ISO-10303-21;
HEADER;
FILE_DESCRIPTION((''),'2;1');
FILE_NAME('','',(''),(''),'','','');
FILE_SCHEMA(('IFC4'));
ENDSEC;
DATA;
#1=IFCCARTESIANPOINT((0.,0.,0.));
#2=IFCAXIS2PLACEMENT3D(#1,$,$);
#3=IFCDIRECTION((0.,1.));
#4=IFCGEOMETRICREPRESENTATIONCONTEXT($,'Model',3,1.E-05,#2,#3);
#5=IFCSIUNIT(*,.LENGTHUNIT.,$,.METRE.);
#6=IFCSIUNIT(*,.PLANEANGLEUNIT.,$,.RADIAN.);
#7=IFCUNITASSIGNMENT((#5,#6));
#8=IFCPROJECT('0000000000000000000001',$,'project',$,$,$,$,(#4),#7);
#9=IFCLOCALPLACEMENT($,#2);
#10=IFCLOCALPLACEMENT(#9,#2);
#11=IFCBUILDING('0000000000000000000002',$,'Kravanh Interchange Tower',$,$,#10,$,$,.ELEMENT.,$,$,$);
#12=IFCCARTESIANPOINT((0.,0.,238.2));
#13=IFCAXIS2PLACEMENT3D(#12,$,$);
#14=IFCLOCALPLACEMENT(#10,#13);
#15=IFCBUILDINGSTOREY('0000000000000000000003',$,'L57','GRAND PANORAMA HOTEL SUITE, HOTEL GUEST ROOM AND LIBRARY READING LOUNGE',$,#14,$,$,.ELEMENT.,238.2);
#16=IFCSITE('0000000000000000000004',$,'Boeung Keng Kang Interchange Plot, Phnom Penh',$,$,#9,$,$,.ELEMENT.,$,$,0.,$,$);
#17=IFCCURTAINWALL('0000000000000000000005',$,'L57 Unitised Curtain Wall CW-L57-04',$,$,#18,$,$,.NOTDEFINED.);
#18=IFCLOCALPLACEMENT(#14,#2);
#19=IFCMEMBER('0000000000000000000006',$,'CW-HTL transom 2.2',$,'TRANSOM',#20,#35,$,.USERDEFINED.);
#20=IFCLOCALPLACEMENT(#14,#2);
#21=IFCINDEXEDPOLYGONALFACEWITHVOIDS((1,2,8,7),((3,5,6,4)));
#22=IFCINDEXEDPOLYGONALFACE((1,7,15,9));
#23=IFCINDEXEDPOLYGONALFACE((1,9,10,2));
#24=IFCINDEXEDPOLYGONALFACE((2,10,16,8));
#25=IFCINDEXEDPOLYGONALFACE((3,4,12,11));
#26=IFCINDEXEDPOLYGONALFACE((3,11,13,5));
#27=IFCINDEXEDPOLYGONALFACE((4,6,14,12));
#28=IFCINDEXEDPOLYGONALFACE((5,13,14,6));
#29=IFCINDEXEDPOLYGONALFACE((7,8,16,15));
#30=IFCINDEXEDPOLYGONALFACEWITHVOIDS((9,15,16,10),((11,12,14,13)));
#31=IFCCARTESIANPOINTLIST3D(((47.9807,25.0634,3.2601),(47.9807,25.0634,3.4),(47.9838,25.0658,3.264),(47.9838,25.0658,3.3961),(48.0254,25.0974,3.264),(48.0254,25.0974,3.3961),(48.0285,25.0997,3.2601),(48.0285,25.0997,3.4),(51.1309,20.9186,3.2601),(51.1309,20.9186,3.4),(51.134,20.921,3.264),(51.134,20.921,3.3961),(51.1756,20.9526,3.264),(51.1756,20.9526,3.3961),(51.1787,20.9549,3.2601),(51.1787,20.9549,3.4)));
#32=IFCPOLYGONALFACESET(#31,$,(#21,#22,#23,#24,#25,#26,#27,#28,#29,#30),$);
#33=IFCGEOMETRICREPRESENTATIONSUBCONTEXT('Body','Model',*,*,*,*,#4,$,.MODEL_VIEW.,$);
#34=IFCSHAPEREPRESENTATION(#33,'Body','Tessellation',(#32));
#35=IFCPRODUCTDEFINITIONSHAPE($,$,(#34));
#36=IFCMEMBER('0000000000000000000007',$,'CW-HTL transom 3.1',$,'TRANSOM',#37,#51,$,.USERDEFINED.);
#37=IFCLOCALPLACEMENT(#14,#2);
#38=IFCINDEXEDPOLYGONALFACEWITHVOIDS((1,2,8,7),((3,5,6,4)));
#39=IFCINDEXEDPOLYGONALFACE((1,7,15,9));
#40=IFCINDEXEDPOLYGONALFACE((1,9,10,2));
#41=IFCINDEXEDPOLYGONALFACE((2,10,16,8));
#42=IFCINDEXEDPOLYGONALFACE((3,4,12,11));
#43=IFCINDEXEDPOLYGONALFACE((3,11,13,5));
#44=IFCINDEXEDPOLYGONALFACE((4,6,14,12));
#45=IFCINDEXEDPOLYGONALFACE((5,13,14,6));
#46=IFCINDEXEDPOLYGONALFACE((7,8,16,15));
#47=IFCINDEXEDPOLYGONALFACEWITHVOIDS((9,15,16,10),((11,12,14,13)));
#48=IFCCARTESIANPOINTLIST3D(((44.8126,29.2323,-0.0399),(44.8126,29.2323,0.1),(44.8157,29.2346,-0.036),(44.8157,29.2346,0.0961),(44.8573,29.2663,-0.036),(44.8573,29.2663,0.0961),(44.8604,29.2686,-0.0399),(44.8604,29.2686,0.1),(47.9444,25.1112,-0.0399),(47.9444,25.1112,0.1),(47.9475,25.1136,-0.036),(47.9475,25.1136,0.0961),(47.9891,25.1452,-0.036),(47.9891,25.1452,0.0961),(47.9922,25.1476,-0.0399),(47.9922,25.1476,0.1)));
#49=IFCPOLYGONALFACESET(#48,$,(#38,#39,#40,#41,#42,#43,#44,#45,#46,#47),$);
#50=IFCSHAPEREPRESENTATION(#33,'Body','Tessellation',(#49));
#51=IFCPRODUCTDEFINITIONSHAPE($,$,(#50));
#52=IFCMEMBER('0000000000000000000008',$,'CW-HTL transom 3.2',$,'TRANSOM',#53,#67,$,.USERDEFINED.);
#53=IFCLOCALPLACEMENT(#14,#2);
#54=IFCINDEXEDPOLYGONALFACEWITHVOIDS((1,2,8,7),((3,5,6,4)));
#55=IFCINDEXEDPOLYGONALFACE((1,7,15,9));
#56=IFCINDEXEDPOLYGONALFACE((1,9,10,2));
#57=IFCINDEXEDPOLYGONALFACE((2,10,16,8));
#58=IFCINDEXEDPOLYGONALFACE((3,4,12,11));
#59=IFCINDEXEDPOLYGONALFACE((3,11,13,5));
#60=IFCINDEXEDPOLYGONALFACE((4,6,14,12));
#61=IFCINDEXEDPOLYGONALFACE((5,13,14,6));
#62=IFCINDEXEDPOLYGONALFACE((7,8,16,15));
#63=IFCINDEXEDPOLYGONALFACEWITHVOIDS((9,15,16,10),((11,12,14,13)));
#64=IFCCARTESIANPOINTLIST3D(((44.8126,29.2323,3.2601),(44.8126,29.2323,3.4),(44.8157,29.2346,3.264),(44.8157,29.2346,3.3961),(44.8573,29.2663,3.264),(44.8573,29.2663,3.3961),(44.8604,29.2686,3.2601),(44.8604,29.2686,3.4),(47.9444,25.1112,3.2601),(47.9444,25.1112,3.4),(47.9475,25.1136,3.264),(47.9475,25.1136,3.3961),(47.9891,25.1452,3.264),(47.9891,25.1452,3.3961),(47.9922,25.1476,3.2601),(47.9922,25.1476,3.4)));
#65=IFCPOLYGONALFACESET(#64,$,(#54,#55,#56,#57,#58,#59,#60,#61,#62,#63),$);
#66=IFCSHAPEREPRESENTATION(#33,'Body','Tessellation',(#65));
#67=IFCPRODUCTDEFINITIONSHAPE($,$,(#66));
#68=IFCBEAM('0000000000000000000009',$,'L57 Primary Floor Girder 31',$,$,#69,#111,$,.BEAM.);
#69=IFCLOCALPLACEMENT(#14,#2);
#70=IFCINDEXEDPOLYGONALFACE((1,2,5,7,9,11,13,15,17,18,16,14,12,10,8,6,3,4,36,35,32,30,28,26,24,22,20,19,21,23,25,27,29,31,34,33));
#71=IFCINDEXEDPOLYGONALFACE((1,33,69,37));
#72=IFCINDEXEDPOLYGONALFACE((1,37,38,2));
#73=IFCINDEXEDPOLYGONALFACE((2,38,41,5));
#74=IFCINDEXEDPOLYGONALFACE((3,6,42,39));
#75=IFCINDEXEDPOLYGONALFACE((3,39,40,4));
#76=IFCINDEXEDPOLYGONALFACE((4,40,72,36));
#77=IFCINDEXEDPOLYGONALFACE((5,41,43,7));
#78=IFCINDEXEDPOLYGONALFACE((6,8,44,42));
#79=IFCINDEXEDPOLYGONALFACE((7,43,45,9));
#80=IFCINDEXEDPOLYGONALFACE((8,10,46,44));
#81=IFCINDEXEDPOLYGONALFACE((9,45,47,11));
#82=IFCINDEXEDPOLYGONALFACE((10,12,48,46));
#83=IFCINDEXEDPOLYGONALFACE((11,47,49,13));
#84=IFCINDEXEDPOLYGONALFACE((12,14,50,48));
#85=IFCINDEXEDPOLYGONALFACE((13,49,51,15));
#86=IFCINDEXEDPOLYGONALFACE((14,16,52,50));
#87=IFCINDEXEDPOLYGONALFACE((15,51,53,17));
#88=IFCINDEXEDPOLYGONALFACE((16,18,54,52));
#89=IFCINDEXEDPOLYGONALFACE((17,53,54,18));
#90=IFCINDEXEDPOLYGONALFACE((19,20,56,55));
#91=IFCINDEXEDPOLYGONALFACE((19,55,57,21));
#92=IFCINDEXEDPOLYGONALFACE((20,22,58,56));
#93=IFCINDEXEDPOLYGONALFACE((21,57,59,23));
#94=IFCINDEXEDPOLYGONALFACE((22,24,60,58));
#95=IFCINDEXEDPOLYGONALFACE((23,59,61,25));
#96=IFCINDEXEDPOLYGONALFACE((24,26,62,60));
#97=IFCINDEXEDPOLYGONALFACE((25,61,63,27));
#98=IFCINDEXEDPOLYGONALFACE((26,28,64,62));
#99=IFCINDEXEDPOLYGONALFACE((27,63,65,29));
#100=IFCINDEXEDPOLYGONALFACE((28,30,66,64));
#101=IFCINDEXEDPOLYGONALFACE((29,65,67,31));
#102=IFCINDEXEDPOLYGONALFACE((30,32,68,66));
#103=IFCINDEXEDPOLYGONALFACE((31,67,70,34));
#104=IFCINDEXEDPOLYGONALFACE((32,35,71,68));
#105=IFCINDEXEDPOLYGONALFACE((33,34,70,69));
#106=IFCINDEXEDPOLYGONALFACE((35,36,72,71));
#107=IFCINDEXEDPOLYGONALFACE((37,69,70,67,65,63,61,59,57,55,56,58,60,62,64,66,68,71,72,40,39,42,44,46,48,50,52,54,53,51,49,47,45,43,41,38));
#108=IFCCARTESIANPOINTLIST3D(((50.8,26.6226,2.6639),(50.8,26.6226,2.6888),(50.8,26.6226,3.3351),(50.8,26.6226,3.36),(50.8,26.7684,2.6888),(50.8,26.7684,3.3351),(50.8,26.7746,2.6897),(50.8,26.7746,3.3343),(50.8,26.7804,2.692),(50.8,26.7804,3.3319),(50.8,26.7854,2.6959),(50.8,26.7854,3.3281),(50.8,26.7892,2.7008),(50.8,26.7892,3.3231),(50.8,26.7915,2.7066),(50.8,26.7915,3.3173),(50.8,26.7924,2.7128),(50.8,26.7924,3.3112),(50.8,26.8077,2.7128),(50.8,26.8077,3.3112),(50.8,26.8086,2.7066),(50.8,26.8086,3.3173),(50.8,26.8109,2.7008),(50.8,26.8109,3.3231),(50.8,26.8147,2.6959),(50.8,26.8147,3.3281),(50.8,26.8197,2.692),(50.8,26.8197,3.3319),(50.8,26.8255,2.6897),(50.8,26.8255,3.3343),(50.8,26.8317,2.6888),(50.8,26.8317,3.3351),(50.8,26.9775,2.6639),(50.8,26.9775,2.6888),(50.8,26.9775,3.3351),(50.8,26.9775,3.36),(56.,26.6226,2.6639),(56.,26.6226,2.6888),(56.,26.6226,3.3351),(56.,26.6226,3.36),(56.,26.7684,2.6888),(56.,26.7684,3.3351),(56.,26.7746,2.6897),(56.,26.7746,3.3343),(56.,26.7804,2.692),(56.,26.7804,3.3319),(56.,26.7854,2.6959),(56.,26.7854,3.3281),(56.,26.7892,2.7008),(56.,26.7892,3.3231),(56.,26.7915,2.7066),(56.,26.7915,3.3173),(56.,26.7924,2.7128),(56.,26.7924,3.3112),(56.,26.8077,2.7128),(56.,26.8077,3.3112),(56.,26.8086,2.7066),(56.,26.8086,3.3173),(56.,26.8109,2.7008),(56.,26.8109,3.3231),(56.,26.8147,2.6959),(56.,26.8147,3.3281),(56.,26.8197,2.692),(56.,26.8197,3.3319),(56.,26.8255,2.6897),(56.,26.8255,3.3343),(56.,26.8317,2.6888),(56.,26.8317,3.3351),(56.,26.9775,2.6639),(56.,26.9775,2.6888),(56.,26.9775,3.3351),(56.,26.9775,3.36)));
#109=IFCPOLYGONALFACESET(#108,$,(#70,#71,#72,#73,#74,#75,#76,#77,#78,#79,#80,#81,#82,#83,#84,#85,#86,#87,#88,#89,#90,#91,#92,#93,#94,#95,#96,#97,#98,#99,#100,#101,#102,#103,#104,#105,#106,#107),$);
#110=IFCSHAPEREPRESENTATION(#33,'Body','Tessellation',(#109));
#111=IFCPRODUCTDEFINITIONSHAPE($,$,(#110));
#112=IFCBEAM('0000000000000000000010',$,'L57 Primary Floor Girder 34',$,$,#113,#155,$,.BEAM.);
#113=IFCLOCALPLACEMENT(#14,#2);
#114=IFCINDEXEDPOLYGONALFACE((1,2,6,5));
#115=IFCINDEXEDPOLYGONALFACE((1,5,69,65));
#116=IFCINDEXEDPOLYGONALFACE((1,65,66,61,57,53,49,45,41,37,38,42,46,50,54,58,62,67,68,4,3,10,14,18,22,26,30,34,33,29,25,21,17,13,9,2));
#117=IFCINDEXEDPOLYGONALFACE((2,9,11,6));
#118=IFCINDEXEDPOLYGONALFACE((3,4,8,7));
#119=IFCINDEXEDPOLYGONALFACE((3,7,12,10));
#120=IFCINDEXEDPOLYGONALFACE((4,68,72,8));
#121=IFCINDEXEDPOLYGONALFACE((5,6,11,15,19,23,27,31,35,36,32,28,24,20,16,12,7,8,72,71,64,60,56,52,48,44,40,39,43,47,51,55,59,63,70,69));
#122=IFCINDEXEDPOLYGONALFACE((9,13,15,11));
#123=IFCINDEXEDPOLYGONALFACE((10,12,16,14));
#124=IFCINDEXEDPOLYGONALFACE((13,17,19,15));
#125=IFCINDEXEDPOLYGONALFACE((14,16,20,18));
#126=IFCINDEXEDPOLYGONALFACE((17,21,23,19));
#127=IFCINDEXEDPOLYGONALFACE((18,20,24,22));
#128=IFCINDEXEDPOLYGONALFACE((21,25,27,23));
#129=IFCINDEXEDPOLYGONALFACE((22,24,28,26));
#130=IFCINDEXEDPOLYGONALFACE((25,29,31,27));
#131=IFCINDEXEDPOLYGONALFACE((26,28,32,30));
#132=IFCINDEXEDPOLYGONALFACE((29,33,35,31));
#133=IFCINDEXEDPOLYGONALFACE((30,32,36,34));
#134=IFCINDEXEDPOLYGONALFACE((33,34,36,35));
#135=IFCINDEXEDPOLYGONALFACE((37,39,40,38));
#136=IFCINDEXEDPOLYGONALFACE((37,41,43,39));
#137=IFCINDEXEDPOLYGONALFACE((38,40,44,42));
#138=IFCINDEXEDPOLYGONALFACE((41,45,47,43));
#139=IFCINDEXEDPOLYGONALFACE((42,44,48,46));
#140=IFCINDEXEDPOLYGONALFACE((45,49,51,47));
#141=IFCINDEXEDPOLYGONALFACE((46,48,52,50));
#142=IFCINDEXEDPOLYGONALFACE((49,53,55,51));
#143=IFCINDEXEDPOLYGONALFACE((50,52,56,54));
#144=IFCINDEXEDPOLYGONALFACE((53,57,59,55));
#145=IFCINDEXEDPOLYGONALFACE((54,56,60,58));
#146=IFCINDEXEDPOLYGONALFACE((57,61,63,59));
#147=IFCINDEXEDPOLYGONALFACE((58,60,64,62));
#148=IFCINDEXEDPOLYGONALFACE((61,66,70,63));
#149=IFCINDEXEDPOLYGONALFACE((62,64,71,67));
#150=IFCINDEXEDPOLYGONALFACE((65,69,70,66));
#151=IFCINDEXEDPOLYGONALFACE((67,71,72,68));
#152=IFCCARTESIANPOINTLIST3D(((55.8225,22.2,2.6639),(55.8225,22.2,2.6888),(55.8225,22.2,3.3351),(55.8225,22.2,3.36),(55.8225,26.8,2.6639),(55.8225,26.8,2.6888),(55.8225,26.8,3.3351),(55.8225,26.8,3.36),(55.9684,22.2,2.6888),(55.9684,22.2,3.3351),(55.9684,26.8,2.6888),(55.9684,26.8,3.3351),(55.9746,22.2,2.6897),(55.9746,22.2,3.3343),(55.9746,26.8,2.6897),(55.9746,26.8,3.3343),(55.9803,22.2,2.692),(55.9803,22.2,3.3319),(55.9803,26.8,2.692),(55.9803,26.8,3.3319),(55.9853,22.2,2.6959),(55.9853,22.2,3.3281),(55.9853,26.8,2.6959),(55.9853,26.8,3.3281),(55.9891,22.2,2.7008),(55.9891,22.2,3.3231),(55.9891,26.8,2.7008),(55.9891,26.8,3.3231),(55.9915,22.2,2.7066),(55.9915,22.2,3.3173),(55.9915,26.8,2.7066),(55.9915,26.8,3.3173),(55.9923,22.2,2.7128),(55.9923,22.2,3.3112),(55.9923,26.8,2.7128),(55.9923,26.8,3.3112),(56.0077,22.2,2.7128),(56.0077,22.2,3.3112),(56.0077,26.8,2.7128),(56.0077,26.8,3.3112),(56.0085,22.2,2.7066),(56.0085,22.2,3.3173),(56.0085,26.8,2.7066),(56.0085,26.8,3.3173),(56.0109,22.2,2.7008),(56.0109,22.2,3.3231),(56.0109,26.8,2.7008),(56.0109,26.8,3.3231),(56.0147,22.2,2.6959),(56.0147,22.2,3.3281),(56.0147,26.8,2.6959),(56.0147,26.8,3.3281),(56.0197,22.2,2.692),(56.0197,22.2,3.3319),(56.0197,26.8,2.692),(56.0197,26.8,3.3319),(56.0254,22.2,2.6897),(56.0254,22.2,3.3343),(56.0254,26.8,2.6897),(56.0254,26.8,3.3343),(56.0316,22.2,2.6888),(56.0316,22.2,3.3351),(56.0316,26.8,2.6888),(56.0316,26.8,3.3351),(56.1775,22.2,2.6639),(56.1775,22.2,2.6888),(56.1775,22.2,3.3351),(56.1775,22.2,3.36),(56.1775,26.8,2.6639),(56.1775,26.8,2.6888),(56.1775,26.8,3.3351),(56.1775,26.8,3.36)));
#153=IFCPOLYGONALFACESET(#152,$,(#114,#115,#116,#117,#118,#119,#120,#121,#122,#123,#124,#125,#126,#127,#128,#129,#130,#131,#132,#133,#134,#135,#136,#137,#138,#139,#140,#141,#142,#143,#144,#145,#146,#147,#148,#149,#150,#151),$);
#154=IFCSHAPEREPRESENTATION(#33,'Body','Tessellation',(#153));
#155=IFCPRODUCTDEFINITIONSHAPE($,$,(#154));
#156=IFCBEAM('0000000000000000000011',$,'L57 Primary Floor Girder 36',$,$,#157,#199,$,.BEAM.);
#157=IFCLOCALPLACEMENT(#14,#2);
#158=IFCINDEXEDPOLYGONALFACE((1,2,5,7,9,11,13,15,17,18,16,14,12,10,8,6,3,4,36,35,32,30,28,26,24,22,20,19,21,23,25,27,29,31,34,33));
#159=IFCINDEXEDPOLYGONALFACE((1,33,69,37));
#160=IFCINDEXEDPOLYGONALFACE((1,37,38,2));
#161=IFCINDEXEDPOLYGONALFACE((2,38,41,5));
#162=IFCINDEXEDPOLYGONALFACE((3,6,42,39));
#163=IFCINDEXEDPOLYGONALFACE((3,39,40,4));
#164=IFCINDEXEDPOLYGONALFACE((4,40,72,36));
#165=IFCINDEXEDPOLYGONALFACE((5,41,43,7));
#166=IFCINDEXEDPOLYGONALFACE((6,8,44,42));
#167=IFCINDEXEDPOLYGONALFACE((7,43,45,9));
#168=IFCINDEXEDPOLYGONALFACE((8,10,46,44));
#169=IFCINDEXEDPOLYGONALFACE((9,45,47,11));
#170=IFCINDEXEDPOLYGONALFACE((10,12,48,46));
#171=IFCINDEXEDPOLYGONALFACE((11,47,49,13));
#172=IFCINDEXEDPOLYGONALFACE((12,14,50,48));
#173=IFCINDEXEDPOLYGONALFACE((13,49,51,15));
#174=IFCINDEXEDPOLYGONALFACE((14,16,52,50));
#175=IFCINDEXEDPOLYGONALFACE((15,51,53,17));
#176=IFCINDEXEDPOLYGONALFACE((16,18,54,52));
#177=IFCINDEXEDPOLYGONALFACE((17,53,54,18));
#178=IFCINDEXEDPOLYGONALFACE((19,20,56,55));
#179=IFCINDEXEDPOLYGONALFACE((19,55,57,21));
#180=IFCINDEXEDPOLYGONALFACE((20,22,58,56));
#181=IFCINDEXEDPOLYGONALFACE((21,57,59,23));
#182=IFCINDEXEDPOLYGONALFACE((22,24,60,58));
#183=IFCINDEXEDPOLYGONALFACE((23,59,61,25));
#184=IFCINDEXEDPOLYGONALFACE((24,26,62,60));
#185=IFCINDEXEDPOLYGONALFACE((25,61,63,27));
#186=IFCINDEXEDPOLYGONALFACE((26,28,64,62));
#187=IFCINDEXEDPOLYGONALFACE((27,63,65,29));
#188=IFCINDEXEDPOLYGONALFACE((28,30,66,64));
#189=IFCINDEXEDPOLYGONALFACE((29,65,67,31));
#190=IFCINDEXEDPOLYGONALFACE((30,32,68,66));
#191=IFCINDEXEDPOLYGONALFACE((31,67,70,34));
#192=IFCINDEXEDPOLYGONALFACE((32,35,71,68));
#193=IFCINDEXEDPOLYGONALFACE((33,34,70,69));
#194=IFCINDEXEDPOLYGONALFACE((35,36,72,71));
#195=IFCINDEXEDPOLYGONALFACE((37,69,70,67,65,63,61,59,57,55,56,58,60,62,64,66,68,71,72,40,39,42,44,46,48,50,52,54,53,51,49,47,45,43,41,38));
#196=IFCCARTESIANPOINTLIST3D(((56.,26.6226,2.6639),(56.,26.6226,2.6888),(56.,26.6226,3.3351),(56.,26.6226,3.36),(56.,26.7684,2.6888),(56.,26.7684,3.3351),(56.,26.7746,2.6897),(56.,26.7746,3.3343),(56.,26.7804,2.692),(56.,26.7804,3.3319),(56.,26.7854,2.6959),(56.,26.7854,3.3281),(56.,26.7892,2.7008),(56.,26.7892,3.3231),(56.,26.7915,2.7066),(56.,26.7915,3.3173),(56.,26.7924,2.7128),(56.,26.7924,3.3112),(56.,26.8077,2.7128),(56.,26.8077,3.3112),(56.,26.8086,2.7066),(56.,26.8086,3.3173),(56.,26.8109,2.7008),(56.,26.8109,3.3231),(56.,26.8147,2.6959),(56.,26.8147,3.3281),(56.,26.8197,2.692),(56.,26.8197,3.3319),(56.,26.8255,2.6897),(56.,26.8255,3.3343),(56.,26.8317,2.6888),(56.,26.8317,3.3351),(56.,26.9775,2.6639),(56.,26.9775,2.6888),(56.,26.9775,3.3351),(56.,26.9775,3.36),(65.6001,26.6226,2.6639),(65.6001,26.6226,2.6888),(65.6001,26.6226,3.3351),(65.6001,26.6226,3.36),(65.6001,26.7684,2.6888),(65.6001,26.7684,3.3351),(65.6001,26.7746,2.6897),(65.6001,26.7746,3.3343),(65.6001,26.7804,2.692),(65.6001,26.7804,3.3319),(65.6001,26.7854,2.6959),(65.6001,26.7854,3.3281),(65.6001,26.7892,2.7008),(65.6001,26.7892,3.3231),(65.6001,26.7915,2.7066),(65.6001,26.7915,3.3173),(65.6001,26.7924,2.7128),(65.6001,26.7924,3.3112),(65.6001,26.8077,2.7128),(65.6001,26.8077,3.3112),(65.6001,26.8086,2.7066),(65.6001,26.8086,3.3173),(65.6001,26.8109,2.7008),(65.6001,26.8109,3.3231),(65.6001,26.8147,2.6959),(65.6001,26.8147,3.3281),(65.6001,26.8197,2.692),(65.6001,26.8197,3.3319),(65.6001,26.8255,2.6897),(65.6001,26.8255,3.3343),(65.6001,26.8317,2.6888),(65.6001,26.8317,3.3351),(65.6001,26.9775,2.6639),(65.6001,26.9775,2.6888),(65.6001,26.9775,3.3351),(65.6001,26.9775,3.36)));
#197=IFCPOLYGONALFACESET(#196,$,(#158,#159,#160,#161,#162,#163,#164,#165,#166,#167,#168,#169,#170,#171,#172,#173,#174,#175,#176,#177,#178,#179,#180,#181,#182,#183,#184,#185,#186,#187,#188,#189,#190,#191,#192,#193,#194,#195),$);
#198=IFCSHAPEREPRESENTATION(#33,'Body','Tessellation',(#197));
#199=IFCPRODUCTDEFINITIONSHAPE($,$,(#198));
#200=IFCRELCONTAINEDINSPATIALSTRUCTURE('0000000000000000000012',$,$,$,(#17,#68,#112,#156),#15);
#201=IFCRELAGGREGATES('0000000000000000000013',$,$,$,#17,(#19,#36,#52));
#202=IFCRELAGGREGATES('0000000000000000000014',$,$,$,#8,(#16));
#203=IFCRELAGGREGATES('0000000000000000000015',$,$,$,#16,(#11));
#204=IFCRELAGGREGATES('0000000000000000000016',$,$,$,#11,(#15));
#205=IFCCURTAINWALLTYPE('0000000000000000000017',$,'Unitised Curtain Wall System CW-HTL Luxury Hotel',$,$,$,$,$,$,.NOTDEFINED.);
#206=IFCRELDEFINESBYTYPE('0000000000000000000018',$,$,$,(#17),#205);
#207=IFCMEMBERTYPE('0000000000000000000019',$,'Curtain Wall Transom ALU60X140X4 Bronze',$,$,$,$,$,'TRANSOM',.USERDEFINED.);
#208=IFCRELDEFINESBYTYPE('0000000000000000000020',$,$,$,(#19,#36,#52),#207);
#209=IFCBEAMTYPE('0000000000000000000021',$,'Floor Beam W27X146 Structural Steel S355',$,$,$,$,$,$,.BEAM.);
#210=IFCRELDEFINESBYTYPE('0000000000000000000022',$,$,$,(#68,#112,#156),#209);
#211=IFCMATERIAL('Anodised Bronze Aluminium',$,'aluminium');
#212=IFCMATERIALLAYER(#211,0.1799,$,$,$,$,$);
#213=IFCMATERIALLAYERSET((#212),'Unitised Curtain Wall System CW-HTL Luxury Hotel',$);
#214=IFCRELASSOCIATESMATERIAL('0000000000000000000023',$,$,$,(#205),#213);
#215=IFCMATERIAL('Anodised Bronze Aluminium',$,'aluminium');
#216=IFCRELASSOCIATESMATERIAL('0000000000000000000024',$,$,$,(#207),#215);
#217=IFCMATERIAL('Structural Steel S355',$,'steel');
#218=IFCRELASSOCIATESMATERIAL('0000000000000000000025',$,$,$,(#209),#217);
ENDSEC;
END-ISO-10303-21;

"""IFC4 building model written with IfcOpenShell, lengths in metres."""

from ifc_helpers import new_model, si_unit, direction, frame, origin, origin_2d, place, context, subcontext, project, spatial, hollow_rectangle, i_section, extrude, material, layer, layer_set, material_profile, profile_set, type_object, element, aggregate, save


model = new_model("IFC4")

# Units and contexts
model_context = context("Model", 3, precision=1e-05, world=origin(), true_north=direction((0.0, 1.0)))
body_context = subcontext(model_context, "Body", "Model", "MODEL_VIEW")
ifc_project = project(units=[si_unit("LENGTHUNIT", "METRE"), si_unit("PLANEANGLEUNIT", "RADIAN")], contexts=[model_context])

# Site, building, storey
site_placement = place(None, origin())
site = spatial("IfcSite", under=ifc_project, at=site_placement, Name="Boeung Keng Kang Interchange Plot, Phnom Penh", CompositionType="ELEMENT", RefElevation=0.0)
building_placement = place(site_placement, origin())
building = spatial("IfcBuilding", under=site, at=building_placement, Name="Kravanh Interchange Tower", CompositionType="ELEMENT")
storey_placement = place(building_placement, frame((0.0, 0.0, 238.2)))
storey = spatial("IfcBuildingStorey", under=building, at=storey_placement, Name="L57", Description="GRAND PANORAMA HOTEL SUITE, HOTEL GUEST ROOM AND LIBRARY READING LOUNGE", CompositionType="ELEMENT", Elevation=238.2)

# Shared definitions
ifc_material_1 = material(Name="Anodised Bronze Aluminium", Category="aluminium")
ifc_layer_1 = layer(ifc_material_1, 0.1799)
ifc_layer_set_1 = layer_set([ifc_layer_1], Name="Unitised Curtain Wall System CW-HTL Luxury Hotel")
curtain_wall_type = type_object("IfcCurtainWallType", Name="Unitised Curtain Wall System CW-HTL Luxury Hotel", PredefinedType="NOTDEFINED", material=ifc_layer_set_1)

# Curtain wall, members
curtain_wall_1_placement = place(storey_placement, origin())
curtain_wall_1 = element("IfcCurtainWall", 1, at=curtain_wall_1_placement, inside=storey, type_object=curtain_wall_type, Name="L57 Unitised Curtain Wall CW-L57-04", PredefinedType="NOTDEFINED")
ifc_material_2 = material(Name="Anodised Bronze Aluminium", Category="aluminium")
ifc_material_profile_1 = material_profile(ifc_material_2, hollow_rectangle(XDim=0.0601, YDim=0.1399, WallThickness=0.0039, at=origin_2d()), Name="ALU60X140X4")
ifc_profile_set_1 = profile_set([ifc_material_profile_1], Name="Anodised Bronze Aluminium")
member_type_1 = type_object("IfcMemberType", Name="Curtain Wall Transom ALU60X140X4 Bronze", ElementType="TRANSOM", PredefinedType="USERDEFINED", material=ifc_profile_set_1)
member_1_placement = place(storey_placement, frame((51.1548, 20.9368, 3.3301), z_axis=(-0.605098, 0.796151, 0.0), x_axis=(-0.796151, -0.605098, 0.0)))
member_1 = element("IfcMember", 2, at=member_1_placement, type_object=member_type_1, Name="CW-HTL transom 2.2", ObjectType="TRANSOM", PredefinedType="USERDEFINED", context=body_context, shape_type="SweptSolid", body=[
    extrude(hollow_rectangle(XDim=0.0601, YDim=0.1399, WallThickness=0.0039, at=origin_2d()), origin(), (0.0, 0.0, 1.0), 5.2061),
])
member_2_placement = place(storey_placement, frame((47.9683, 25.1294, 0.03), z_axis=(-0.605059, 0.79618, 0.0), x_axis=(-0.79618, -0.605059, 0.0)))
member_2 = element("IfcMember", 3, at=member_2_placement, type_object=member_type_1, Name="CW-HTL transom 3.1", ObjectType="TRANSOM", PredefinedType="USERDEFINED", context=body_context, shape_type="SweptSolid", body=[
    extrude(hollow_rectangle(XDim=0.0601, YDim=0.1399, WallThickness=0.0039, at=origin_2d()), origin(), (0.0, 0.0, 1.0), 5.176),
])
member_3_placement = place(storey_placement, frame((47.9683, 25.1294, 3.3301), z_axis=(-0.605059, 0.79618, 0.0), x_axis=(-0.79618, -0.605059, 0.0)))
member_3 = element("IfcMember", 4, at=member_3_placement, type_object=member_type_1, Name="CW-HTL transom 3.2", ObjectType="TRANSOM", PredefinedType="USERDEFINED", context=body_context, shape_type="SweptSolid", body=[
    extrude(hollow_rectangle(XDim=0.0601, YDim=0.1399, WallThickness=0.0039, at=origin_2d()), origin(), (0.0, 0.0, 1.0), 5.176),
])

# Beams
ifc_material_3 = material(Name="Structural Steel S355", Category="steel")
ifc_material_profile_2 = material_profile(ifc_material_3, i_section(OverallWidth=0.355, OverallDepth=0.696, WebThickness=0.0154, FlangeThickness=0.0249, FilletRadius=0.0239, at=origin_2d()), Name="W27X146")
ifc_profile_set_2 = profile_set([ifc_material_profile_2], Name="Structural Steel S355")
beam_type_1 = type_object("IfcBeamType", Name="Floor Beam W27X146 Structural Steel S355", PredefinedType="BEAM", material=ifc_profile_set_2)
beam_1_placement = place(storey_placement, frame((50.8, 26.8, 3.012), z_axis=(1.0, 0.0, 0.0), x_axis=(0.0, 1.0, 0.0)))
element("IfcBeam", 5, at=beam_1_placement, inside=storey, type_object=beam_type_1, Name="L57 Primary Floor Girder 31", PredefinedType="BEAM", context=body_context, shape_type="SweptSolid", body=[
    extrude(i_section(OverallWidth=0.355, OverallDepth=0.696, WebThickness=0.0154, FlangeThickness=0.0249, FilletRadius=0.0239, at=origin_2d()), origin(), (0.0, 0.0, 1.0), 5.2),
])
beam_2_placement = place(storey_placement, frame((56.0, 26.8, 3.012), z_axis=(0.0, -1.0, 0.0), x_axis=(1.0, 0.0, 0.0)))
element("IfcBeam", 6, at=beam_2_placement, inside=storey, type_object=beam_type_1, Name="L57 Primary Floor Girder 34", PredefinedType="BEAM", context=body_context, shape_type="SweptSolid", body=[
    extrude(i_section(OverallWidth=0.355, OverallDepth=0.696, WebThickness=0.0154, FlangeThickness=0.0249, FilletRadius=0.0239, at=origin_2d()), origin(), (0.0, 0.0, 1.0), 4.6001),
])
beam_3_placement = place(storey_placement, frame((56.0, 26.8, 3.012), z_axis=(1.0, 0.0, 0.0), x_axis=(0.0, 1.0, 0.0)))
element("IfcBeam", 7, at=beam_3_placement, inside=storey, type_object=beam_type_1, Name="L57 Primary Floor Girder 36", PredefinedType="BEAM", context=body_context, shape_type="SweptSolid", body=[
    extrude(i_section(OverallWidth=0.355, OverallDepth=0.696, WebThickness=0.0154, FlangeThickness=0.0249, FilletRadius=0.0239, at=origin_2d()), origin(), (0.0, 0.0, 1.0), 9.6001),
])

aggregate(curtain_wall_1, [member_1, member_2, member_3])

save(model, "model.ifc")
